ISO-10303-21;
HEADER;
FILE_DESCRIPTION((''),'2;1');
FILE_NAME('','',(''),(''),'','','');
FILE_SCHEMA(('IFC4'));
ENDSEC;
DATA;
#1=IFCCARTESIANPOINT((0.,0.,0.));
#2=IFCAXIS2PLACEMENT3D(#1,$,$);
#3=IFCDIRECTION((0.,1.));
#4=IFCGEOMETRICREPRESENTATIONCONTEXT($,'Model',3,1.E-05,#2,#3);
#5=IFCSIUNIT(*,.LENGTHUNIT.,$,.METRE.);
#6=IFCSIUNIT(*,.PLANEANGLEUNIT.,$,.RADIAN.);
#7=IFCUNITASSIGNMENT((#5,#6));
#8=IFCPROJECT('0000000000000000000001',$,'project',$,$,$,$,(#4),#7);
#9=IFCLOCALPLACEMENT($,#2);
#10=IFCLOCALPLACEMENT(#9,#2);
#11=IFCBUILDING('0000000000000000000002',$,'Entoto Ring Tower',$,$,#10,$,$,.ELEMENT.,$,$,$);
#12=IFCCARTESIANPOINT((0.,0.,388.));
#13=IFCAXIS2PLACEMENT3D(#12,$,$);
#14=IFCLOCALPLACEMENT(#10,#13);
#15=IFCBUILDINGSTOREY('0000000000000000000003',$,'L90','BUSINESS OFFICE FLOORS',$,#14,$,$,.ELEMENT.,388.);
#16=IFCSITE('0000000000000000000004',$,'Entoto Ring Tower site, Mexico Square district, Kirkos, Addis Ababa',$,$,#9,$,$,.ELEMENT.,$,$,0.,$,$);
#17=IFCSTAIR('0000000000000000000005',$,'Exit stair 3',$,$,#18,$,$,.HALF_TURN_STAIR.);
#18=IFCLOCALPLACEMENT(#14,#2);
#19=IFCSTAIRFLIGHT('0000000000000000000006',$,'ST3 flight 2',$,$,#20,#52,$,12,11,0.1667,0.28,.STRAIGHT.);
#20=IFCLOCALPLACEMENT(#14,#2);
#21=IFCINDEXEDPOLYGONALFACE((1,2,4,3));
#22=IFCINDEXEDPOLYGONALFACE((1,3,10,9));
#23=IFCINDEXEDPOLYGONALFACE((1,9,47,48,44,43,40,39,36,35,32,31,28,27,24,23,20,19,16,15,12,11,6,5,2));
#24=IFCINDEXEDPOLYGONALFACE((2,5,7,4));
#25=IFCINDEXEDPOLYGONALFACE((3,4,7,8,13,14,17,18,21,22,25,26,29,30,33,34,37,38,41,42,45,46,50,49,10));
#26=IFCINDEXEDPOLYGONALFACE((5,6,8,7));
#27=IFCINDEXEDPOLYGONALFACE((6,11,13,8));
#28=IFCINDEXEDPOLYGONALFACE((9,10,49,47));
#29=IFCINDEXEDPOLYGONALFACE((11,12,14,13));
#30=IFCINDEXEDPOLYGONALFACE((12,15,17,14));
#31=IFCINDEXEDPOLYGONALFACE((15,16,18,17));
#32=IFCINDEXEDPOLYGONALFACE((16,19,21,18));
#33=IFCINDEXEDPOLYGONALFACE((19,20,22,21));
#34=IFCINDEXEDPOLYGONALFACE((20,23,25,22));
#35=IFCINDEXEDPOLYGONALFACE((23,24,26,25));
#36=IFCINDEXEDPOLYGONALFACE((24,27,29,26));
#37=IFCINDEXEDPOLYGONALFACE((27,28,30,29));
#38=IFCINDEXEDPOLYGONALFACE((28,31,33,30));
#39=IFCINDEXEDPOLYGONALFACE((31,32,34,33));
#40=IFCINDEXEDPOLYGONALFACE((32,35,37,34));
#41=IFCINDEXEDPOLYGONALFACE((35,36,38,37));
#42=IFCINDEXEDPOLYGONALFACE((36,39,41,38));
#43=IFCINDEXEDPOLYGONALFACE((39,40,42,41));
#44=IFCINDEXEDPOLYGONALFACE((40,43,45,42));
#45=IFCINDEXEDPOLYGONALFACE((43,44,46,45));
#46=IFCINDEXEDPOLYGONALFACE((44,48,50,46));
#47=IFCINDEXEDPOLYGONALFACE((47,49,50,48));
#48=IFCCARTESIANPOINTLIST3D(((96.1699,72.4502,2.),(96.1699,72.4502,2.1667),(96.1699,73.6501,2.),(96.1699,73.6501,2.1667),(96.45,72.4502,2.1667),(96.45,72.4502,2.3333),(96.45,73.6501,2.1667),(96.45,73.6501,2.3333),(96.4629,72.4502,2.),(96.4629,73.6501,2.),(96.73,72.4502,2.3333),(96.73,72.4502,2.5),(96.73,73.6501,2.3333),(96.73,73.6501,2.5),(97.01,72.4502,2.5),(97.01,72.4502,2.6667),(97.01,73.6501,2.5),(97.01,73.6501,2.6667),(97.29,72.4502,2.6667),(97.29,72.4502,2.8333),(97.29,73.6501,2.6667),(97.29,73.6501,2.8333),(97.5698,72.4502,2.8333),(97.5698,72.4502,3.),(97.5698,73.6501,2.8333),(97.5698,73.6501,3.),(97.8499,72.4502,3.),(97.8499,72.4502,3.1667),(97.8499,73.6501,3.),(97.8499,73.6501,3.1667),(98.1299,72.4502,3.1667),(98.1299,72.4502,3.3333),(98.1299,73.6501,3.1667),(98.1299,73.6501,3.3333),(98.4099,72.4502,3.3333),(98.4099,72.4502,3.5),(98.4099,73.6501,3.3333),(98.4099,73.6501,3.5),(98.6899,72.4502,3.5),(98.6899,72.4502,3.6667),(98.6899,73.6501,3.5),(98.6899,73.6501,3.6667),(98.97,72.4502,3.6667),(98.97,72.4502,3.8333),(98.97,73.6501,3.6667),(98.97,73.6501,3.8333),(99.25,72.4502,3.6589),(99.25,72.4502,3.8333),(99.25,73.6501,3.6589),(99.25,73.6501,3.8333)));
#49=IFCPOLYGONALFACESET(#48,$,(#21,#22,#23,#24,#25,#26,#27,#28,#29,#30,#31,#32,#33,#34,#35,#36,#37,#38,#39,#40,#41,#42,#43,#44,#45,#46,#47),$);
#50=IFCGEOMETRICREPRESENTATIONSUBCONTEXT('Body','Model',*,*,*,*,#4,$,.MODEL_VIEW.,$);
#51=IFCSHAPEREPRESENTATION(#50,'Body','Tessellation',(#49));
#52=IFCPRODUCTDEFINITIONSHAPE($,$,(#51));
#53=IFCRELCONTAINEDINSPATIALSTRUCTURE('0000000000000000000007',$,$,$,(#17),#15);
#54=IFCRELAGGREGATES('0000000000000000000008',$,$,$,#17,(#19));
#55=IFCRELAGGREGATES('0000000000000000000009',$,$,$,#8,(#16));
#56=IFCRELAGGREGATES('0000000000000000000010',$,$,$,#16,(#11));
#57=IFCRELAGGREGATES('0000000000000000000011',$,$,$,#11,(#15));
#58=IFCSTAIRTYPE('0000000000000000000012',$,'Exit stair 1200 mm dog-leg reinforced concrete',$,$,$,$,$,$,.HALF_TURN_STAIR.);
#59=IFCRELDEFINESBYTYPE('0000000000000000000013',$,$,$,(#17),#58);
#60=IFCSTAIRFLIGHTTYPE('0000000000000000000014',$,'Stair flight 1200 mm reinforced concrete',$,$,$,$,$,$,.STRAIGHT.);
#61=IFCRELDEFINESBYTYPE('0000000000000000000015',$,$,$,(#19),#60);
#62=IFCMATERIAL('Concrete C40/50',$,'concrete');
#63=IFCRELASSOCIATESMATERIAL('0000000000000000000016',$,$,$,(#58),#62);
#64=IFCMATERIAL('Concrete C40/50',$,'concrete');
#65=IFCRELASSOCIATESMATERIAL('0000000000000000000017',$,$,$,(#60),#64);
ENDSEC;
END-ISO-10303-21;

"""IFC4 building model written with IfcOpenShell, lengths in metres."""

from ifc_helpers import new_model, si_unit, direction, frame, origin, place, context, subcontext, project, spatial, polyline, outline, extrude, material, type_object, element, aggregate, save


model = new_model("IFC4")

# Units and contexts
model_context = context("Model", 3, precision=1e-05, world=origin(), true_north=direction((0.0, 1.0)))
body_context = subcontext(model_context, "Body", "Model", "MODEL_VIEW")
ifc_project = project(units=[si_unit("LENGTHUNIT", "METRE"), si_unit("PLANEANGLEUNIT", "RADIAN")], contexts=[model_context])

# Site, building, storey
site_placement = place(None, origin())
site = spatial("IfcSite", under=ifc_project, at=site_placement, Name="Entoto Ring Tower site, Mexico Square district, Kirkos, Addis Ababa", CompositionType="ELEMENT", RefElevation=0.0)
building_placement = place(site_placement, origin())
building = spatial("IfcBuilding", under=site, at=building_placement, Name="Entoto Ring Tower", CompositionType="ELEMENT")
storey_placement = place(building_placement, frame((0.0, 0.0, 388.0)))
storey = spatial("IfcBuildingStorey", under=building, at=storey_placement, Name="L90", Description="BUSINESS OFFICE FLOORS", CompositionType="ELEMENT", Elevation=388.0)

# Stair, stair flight
ifc_material_1 = material(Name="Concrete C40/50", Category="concrete")
stair_type = type_object("IfcStairType", Name="Exit stair 1200 mm dog-leg reinforced concrete", PredefinedType="HALF_TURN_STAIR", material=ifc_material_1)
stair_placement = place(storey_placement, origin())
stair = element("IfcStair", 1, at=stair_placement, inside=storey, type_object=stair_type, Name="Exit stair 3", PredefinedType="HALF_TURN_STAIR")
ifc_material_2 = material(Name="Concrete C40/50", Category="concrete")
stair_flight_type = type_object("IfcStairFlightType", Name="Stair flight 1200 mm reinforced concrete", PredefinedType="STRAIGHT", material=ifc_material_2)
stair_flight_placement = place(storey_placement, frame((96.1699, 73.05, 2.0), z_axis=(0.0, 0.0, 1.0), x_axis=(1.0, 0.0, 0.0)))
stair_flight = element("IfcStairFlight", 2, at=stair_flight_placement, type_object=stair_flight_type, Name="ST3 flight 2", NumberOfRisers=12, NumberOfTreads=11, PredefinedType="STRAIGHT", RiserHeight=0.1667, TreadLength=0.28, context=body_context, shape_type="SweptSolid", body=[
    extrude(outline(polyline([(0.0, 0.0), (0.0, 0.1667), (0.28, 0.1667), (0.28, 0.3333), (0.5601, 0.3333), (0.5601, 0.5), (0.8401, 0.5), (0.8401, 0.6667), (1.1201, 0.6667), (1.1201, 0.8333), (1.3999, 0.8333), (1.3999, 1.0), (1.6799, 1.0), (1.6799, 1.1667), (1.96, 1.1667), (1.96, 1.3333), (2.24, 1.3333), (2.24, 1.5), (2.52, 1.5), (2.52, 1.6667), (2.8, 1.6667), (2.8, 1.8333), (3.0801, 1.8333), (3.0801, 2.0), (3.0801, 1.6589), (0.293, 0.0), (0.0, 0.0)])), frame((0.0, 0.6001, 0.0), z_axis=(0.0, -1.0, 0.0), x_axis=(1.0, 0.0, 0.0)), (0.0, 0.0, 1.0), 1.2),
])
aggregate(stair, [stair_flight])

save(model, "model.ifc")
